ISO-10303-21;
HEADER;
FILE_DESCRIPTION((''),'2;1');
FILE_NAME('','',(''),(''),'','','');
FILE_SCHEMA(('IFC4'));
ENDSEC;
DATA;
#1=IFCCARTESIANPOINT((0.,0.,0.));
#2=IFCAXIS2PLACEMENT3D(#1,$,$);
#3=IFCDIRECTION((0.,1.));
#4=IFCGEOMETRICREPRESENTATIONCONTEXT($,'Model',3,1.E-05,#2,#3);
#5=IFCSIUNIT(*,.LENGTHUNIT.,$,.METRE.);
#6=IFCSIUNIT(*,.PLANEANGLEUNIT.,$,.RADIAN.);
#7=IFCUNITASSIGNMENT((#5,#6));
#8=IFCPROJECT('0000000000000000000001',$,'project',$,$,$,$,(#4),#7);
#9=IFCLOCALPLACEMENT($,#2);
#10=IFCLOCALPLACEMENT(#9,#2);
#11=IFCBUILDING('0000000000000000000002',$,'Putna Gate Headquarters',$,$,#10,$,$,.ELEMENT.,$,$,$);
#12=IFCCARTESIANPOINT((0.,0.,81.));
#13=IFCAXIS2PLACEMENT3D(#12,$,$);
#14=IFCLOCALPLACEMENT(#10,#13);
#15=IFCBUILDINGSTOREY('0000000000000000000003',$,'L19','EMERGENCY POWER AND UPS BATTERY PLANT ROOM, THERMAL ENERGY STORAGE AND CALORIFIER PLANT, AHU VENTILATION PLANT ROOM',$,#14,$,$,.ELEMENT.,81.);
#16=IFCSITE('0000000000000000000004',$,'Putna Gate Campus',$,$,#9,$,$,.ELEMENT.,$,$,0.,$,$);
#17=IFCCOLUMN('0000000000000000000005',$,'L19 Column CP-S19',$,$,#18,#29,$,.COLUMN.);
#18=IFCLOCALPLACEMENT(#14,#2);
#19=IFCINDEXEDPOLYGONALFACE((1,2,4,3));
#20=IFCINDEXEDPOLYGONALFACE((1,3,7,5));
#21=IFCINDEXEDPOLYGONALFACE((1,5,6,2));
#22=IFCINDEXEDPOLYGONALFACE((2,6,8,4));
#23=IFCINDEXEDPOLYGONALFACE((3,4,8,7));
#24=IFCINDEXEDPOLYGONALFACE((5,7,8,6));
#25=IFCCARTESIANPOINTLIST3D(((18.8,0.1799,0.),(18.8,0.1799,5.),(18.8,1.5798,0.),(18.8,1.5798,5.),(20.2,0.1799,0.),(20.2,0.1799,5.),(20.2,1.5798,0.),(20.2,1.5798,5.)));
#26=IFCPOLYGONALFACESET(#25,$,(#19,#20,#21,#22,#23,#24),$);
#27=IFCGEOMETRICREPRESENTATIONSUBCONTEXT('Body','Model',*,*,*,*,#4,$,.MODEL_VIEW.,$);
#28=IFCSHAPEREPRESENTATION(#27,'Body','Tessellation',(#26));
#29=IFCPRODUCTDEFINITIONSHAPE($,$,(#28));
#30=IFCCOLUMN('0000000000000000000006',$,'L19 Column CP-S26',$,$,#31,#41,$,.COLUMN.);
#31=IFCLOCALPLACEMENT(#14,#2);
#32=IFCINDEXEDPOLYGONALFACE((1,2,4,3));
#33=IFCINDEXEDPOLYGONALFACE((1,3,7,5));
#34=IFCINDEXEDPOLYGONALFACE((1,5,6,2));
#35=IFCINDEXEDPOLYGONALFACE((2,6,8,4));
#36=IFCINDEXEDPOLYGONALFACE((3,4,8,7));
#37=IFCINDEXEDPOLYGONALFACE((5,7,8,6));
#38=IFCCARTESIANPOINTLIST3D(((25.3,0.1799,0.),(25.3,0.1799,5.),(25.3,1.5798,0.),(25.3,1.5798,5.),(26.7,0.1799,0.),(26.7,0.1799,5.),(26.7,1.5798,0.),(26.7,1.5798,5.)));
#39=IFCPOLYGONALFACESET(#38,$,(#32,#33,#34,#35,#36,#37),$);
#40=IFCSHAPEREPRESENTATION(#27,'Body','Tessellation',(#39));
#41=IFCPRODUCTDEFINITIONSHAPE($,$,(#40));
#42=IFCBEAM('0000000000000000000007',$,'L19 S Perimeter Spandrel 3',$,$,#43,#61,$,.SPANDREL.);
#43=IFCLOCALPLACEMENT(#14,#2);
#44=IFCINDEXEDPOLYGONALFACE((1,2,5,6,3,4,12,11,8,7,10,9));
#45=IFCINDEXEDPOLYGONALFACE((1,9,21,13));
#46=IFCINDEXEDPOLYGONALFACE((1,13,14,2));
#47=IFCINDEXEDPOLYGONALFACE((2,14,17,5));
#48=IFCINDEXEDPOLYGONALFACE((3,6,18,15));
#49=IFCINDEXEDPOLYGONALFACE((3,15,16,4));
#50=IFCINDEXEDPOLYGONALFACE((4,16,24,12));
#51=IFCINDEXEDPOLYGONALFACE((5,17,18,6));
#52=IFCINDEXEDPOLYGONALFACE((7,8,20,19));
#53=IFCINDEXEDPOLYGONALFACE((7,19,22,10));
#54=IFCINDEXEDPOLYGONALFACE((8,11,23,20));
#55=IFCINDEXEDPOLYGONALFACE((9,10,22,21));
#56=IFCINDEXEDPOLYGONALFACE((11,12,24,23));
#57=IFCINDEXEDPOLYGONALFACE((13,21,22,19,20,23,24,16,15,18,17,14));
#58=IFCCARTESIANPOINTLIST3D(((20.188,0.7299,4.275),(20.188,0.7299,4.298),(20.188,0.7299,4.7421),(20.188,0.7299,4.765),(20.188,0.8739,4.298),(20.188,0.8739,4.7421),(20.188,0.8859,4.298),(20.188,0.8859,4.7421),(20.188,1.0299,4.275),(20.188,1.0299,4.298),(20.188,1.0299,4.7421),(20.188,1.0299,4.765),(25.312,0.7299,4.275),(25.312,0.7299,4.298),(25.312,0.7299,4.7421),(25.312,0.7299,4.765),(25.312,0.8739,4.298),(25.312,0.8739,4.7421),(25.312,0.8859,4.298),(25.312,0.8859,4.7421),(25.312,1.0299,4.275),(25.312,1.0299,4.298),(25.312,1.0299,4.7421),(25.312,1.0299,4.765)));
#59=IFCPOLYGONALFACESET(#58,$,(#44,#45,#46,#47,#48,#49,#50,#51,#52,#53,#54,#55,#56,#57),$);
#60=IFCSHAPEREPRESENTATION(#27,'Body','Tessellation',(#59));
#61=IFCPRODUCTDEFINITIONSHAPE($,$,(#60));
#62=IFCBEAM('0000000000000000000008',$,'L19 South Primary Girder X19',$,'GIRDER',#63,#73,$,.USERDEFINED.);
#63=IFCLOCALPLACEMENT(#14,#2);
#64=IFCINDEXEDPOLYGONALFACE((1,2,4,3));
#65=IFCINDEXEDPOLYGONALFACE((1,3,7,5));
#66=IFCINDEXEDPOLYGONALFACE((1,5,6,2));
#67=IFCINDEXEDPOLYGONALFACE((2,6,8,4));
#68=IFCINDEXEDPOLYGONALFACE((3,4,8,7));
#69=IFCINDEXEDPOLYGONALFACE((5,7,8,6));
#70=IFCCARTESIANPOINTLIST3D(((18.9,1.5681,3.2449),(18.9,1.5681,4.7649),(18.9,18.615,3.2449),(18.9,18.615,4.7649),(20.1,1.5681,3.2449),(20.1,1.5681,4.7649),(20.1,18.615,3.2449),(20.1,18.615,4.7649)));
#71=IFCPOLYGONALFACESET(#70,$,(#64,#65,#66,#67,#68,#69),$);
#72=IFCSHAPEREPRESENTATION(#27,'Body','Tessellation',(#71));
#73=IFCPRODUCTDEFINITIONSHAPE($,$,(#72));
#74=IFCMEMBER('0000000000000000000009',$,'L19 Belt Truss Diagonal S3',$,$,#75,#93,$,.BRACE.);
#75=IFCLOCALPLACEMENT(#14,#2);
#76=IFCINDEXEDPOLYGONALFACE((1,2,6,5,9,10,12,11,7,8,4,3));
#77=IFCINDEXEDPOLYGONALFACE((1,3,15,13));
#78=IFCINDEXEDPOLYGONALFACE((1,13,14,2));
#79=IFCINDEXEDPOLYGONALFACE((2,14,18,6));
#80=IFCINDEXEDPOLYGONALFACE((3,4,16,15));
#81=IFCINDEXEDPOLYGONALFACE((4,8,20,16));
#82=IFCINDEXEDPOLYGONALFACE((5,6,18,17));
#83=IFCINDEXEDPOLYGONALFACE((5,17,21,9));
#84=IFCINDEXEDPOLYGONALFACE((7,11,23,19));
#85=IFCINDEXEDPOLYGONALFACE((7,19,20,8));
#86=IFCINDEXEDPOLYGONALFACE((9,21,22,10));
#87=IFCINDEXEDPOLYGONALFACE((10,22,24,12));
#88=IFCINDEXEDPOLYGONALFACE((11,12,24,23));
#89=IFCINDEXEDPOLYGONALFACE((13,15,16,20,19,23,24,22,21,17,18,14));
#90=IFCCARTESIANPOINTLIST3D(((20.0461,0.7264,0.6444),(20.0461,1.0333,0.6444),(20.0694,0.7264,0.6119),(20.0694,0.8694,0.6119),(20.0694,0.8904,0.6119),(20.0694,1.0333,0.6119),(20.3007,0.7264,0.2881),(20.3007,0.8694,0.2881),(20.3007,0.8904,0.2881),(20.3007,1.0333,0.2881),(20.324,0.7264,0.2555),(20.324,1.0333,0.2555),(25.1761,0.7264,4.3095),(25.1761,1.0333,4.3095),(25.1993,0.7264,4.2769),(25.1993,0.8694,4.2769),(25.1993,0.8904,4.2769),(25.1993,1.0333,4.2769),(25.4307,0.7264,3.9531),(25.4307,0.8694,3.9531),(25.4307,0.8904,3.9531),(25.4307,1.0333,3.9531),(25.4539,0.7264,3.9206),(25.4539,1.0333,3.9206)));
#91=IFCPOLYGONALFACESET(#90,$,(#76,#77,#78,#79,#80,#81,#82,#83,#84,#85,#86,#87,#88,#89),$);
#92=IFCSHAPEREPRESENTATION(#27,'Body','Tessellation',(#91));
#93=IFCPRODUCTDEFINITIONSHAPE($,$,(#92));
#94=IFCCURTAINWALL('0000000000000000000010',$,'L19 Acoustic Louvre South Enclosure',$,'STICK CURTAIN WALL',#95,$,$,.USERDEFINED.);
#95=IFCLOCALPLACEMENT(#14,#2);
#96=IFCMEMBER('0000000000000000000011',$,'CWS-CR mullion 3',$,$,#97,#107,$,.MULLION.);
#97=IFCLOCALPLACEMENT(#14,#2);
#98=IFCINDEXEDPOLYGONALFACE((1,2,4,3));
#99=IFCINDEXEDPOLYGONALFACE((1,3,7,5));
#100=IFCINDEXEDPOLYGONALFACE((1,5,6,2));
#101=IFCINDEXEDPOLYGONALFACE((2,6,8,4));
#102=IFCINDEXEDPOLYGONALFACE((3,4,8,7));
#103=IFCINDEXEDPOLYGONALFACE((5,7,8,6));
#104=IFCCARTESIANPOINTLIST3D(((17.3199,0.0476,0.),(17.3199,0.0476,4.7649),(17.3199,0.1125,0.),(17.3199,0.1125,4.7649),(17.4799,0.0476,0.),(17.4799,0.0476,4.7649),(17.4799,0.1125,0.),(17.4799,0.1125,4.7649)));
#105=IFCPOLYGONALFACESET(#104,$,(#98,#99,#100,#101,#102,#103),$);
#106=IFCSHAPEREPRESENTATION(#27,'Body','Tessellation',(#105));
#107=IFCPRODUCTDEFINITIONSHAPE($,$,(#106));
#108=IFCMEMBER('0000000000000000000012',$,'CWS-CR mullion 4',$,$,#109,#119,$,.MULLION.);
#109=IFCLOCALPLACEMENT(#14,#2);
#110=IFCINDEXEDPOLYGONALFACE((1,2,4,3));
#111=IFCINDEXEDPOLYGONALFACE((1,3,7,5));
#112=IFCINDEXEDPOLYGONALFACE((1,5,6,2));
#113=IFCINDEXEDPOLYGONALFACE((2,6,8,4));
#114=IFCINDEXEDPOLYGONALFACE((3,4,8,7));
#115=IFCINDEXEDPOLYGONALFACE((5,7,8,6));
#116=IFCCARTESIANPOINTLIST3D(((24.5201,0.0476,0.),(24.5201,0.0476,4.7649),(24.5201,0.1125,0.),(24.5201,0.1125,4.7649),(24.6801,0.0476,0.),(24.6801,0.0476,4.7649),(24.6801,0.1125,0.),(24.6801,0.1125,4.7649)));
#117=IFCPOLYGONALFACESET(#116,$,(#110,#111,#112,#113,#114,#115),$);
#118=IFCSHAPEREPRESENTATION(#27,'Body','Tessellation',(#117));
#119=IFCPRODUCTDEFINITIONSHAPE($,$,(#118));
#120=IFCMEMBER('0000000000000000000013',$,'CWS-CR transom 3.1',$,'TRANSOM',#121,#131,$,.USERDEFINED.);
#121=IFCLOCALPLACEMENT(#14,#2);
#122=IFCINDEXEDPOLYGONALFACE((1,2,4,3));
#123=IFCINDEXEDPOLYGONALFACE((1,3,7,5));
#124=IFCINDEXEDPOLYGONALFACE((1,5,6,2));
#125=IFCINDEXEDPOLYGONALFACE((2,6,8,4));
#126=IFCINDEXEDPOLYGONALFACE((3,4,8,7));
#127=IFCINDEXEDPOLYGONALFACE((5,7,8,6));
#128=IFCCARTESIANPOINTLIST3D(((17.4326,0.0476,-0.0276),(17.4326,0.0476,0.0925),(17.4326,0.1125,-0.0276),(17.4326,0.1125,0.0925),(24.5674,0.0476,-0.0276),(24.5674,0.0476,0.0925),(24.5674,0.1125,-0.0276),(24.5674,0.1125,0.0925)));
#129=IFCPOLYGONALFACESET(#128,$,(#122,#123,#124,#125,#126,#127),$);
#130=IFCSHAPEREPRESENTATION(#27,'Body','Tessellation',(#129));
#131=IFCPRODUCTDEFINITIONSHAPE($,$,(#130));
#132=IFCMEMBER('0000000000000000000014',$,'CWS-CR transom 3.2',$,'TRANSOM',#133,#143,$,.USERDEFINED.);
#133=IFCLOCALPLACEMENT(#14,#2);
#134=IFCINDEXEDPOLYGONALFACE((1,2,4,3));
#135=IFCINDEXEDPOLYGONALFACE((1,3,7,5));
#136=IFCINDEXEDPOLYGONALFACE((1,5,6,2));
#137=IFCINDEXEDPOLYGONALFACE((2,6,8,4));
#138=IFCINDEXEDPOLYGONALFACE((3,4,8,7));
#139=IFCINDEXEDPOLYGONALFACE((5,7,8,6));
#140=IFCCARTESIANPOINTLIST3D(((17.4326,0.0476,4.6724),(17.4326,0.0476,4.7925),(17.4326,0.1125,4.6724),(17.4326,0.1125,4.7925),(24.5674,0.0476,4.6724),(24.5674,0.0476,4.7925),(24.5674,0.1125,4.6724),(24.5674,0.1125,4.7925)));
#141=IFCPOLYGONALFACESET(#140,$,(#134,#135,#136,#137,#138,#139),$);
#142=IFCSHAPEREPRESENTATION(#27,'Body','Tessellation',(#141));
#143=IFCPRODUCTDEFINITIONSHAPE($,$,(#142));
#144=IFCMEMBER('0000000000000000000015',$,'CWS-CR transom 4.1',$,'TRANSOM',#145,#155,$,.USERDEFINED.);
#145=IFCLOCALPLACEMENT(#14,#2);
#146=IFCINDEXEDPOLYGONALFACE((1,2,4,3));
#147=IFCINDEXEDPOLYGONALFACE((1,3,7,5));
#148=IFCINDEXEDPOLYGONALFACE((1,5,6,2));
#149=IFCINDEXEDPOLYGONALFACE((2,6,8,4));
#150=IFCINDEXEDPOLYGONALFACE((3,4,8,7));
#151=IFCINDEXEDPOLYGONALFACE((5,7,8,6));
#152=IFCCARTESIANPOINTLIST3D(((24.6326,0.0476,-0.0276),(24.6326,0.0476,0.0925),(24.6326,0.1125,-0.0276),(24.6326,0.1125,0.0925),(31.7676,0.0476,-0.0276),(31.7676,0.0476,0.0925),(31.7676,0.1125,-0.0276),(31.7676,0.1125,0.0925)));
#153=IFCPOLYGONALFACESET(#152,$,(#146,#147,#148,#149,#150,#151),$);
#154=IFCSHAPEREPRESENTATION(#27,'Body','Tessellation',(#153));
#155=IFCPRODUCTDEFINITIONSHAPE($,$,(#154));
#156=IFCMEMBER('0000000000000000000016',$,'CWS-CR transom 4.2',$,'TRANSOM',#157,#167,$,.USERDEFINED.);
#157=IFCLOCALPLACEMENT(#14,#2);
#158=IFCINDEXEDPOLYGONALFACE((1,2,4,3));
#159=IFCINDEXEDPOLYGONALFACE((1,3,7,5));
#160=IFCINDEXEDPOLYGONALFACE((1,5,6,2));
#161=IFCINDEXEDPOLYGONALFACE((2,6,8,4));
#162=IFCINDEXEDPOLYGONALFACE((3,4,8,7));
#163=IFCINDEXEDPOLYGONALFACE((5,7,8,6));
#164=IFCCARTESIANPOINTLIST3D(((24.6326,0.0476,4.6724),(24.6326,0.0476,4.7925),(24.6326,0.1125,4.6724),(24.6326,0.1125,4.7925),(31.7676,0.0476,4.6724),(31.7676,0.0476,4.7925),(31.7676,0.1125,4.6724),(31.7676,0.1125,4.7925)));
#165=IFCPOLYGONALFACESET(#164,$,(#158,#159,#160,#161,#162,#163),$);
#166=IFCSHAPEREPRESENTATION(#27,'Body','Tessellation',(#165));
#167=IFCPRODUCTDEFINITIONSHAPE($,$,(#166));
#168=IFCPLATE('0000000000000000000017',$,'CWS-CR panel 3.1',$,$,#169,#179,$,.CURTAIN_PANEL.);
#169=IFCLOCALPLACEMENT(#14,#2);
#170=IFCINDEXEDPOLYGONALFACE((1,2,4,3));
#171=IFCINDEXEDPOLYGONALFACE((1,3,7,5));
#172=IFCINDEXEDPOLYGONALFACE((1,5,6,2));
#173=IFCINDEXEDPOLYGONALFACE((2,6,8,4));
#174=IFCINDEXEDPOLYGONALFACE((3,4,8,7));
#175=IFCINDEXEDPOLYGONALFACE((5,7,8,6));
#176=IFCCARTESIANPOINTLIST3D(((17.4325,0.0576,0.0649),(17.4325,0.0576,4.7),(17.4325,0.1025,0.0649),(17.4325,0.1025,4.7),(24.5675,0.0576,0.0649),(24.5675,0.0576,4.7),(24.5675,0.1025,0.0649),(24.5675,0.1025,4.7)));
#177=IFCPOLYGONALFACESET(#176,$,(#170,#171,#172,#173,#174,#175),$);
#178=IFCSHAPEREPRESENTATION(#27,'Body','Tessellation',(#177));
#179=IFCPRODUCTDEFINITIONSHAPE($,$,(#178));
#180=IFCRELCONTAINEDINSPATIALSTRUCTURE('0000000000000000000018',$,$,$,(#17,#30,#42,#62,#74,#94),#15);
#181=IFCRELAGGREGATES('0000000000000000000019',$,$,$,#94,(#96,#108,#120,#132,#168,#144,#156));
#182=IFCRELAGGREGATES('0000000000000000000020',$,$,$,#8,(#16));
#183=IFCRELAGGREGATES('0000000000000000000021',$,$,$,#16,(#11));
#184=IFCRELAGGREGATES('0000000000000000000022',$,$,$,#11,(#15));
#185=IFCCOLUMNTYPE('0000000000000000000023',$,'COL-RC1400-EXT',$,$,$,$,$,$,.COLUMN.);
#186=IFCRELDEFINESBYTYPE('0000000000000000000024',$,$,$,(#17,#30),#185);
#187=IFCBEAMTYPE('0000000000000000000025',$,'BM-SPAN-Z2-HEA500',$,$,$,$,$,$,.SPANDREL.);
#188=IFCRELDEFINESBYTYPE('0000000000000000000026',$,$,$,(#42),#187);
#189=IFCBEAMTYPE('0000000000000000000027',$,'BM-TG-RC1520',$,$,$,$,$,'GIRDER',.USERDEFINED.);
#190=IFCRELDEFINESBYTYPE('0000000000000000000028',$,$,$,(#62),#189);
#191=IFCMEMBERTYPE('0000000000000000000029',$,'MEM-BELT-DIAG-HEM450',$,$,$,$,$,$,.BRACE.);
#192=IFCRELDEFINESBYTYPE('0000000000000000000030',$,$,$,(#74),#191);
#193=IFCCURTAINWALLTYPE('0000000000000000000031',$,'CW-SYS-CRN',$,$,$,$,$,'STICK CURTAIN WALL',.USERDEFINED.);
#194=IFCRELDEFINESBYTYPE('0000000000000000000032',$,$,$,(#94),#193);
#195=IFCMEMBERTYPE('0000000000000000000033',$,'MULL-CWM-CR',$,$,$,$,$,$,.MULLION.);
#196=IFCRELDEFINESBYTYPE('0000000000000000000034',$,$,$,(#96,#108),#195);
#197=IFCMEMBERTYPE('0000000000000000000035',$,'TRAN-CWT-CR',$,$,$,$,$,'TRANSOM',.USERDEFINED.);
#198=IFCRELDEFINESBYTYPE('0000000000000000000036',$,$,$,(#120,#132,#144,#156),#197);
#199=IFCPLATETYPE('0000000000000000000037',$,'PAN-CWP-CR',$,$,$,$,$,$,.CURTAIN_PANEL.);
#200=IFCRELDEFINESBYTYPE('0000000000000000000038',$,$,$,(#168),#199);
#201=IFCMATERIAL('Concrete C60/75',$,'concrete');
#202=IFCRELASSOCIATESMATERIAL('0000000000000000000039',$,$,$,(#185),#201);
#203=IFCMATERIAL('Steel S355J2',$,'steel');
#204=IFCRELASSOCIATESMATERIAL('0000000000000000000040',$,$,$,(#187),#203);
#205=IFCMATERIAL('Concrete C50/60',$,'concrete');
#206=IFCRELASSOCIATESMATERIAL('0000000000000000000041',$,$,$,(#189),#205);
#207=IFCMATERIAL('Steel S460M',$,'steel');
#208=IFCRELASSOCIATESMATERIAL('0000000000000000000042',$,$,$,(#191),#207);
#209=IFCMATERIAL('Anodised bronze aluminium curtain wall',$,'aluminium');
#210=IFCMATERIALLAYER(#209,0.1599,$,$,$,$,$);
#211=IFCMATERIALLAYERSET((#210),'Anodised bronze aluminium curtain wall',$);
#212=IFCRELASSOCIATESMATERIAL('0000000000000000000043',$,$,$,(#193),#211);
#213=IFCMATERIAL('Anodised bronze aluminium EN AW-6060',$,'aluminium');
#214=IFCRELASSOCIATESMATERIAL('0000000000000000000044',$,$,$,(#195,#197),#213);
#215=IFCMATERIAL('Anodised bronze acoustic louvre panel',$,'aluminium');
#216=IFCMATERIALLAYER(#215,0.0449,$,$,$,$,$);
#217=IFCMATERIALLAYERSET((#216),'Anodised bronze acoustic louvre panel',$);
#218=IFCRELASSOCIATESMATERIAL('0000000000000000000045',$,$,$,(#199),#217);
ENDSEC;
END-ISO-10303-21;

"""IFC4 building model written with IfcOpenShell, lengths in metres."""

from ifc_helpers import new_model, si_unit, direction, frame, origin, origin_2d, place, context, subcontext, project, spatial, rectangle, i_section, extrude, material, layer, layer_set, material_profile, profile_set, type_object, element, aggregate, save


model = new_model("IFC4")

# Units and contexts
model_context = context("Model", 3, precision=1e-05, world=origin(), true_north=direction((0.0, 1.0)))
body_context = subcontext(model_context, "Body", "Model", "MODEL_VIEW")
ifc_project = project(units=[si_unit("LENGTHUNIT", "METRE"), si_unit("PLANEANGLEUNIT", "RADIAN")], contexts=[model_context])

# Site, building, storey
site_placement = place(None, origin())
site = spatial("IfcSite", under=ifc_project, at=site_placement, Name="Putna Gate Campus", CompositionType="ELEMENT", RefElevation=0.0)
building_placement = place(site_placement, origin())
building = spatial("IfcBuilding", under=site, at=building_placement, Name="Putna Gate Headquarters", CompositionType="ELEMENT")
storey_placement = place(building_placement, frame((0.0, 0.0, 81.0)))
storey = spatial("IfcBuildingStorey", under=building, at=storey_placement, Name="L19", Description="EMERGENCY POWER AND UPS BATTERY PLANT ROOM, THERMAL ENERGY STORAGE AND CALORIFIER PLANT, AHU VENTILATION PLANT ROOM", CompositionType="ELEMENT", Elevation=81.0)

# Columns
ifc_material_1 = material(Name="Concrete C60/75", Category="concrete")
ifc_material_profile_1 = material_profile(ifc_material_1, rectangle(XDim=1.3999, YDim=1.3999, at=origin_2d()), Name="Concrete C60/75")
ifc_profile_set_1 = profile_set([ifc_material_profile_1], Name="Concrete C60/75")
column_type = type_object("IfcColumnType", Name="COL-RC1400-EXT", PredefinedType="COLUMN", material=ifc_profile_set_1)
for number, where, z_axis, x_axis, name in (
    (1, (19.5, 0.8799, 0.0), (0.0, 0.0, 1.0), (1.0, 0.0, 0.0), "L19 Column CP-S19"),
    (2, (26.0, 0.8799, 0.0), (0.0, 0.0, 1.0), (1.0, 0.0, 0.0), "L19 Column CP-S26"),
):
    element("IfcColumn", number, at=place(storey_placement, frame(where, z_axis=z_axis, x_axis=x_axis)), inside=storey, type_object=column_type, Name=name, PredefinedType="COLUMN", context=body_context, shape_type="SweptSolid", body=[
        extrude(rectangle(XDim=1.3999, YDim=1.3999, at=origin_2d()), origin(), (0.0, 0.0, 1.0), 5.0),
    ])

# Beams
ifc_material_2 = material(Name="Steel S355J2", Category="steel")
ifc_material_profile_2 = material_profile(ifc_material_2, i_section(OverallWidth=0.3, OverallDepth=0.49, WebThickness=0.012, FlangeThickness=0.0229, at=origin_2d()), Name="Steel S355J2")
ifc_profile_set_2 = profile_set([ifc_material_profile_2], Name="Steel S355J2")
beam_type_1 = type_object("IfcBeamType", Name="BM-SPAN-Z2-HEA500", PredefinedType="SPANDREL", material=ifc_profile_set_2)
beam_1_placement = place(storey_placement, frame((20.188, 0.8799, 4.52), z_axis=(1.0, 0.0, 0.0), x_axis=(0.0, 1.0, 0.0)))
element("IfcBeam", 3, at=beam_1_placement, inside=storey, type_object=beam_type_1, Name="L19 S Perimeter Spandrel 3", PredefinedType="SPANDREL", context=body_context, shape_type="SweptSolid", body=[
    extrude(i_section(OverallWidth=0.3, OverallDepth=0.49, WebThickness=0.012, FlangeThickness=0.0229, at=origin_2d()), origin(), (0.0, 0.0, 1.0), 5.124),
])
ifc_material_3 = material(Name="Concrete C50/60", Category="concrete")
ifc_material_profile_3 = material_profile(ifc_material_3, rectangle(XDim=1.2, YDim=1.52, at=origin_2d()), Name="Concrete C50/60")
ifc_profile_set_3 = profile_set([ifc_material_profile_3], Name="Concrete C50/60")
beam_type_2 = type_object("IfcBeamType", Name="BM-TG-RC1520", ElementType="GIRDER", PredefinedType="USERDEFINED", material=ifc_profile_set_3)
beam_2_placement = place(storey_placement, frame((19.5, 1.5681, 4.0049), z_axis=(0.0, 1.0, 0.0), x_axis=(-1.0, 0.0, 0.0)))
element("IfcBeam", 4, at=beam_2_placement, inside=storey, type_object=beam_type_2, Name="L19 South Primary Girder X19", ObjectType="GIRDER", PredefinedType="USERDEFINED", context=body_context, shape_type="SweptSolid", body=[
    extrude(rectangle(XDim=1.2, YDim=1.52, at=origin_2d()), origin(), (0.0, 0.0, 1.0), 17.0469),
])

# Member
ifc_material_4 = material(Name="Steel S460M", Category="steel")
ifc_material_profile_4 = material_profile(ifc_material_4, i_section(OverallWidth=0.3069, OverallDepth=0.478, WebThickness=0.021, FlangeThickness=0.04, at=origin_2d()), Name="Steel S460M")
ifc_profile_set_4 = profile_set([ifc_material_profile_4], Name="Steel S460M")
member_type_1 = type_object("IfcMemberType", Name="MEM-BELT-DIAG-HEM450", PredefinedType="BRACE", material=ifc_profile_set_4)
member_1_placement = place(storey_placement, frame((20.1851, 0.8799, 0.45), z_axis=(0.813671, 0.0, 0.581326), x_axis=(0.0, 1.0, 0.0)))
element("IfcMember", 5, at=member_1_placement, inside=storey, type_object=member_type_1, Name="L19 Belt Truss Diagonal S3", PredefinedType="BRACE", context=body_context, shape_type="SweptSolid", body=[
    extrude(i_section(OverallWidth=0.3069, OverallDepth=0.478, WebThickness=0.021, FlangeThickness=0.04, at=origin_2d()), origin(), (0.0, 0.0, 1.0), 6.3047),
])

# Curtain wall, members, plate
ifc_material_5 = material(Name="Anodised bronze aluminium curtain wall", Category="aluminium")
ifc_layer_1 = layer(ifc_material_5, 0.1599)
ifc_layer_set_1 = layer_set([ifc_layer_1], Name="Anodised bronze aluminium curtain wall")
curtain_wall_type = type_object("IfcCurtainWallType", Name="CW-SYS-CRN", ElementType="STICK CURTAIN WALL", PredefinedType="USERDEFINED", material=ifc_layer_set_1)
curtain_wall_placement = place(storey_placement, origin())
curtain_wall = element("IfcCurtainWall", 6, at=curtain_wall_placement, inside=storey, type_object=curtain_wall_type, Name="L19 Acoustic Louvre South Enclosure", ObjectType="STICK CURTAIN WALL", PredefinedType="USERDEFINED")
ifc_material_6 = material(Name="Anodised bronze aluminium EN AW-6060", Category="aluminium")
ifc_material_profile_5 = material_profile(ifc_material_6, rectangle(XDim=0.0649, YDim=0.1599, at=origin_2d()), Name="Anodised bronze aluminium EN AW-6060")
ifc_profile_set_5 = profile_set([ifc_material_profile_5], Name="Anodised bronze aluminium EN AW-6060")
member_type_2 = type_object("IfcMemberType", Name="MULL-CWM-CR", PredefinedType="MULLION", material=ifc_profile_set_5)
member_2_placement = place(storey_placement, frame((17.3999, 0.0801, 0.0), z_axis=(0.0, 0.0, 1.0), x_axis=(0.0, 1.0, 0.0)))
member_2 = element("IfcMember", 7, at=member_2_placement, type_object=member_type_2, Name="CWS-CR mullion 3", PredefinedType="MULLION", context=body_context, shape_type="SweptSolid", body=[
    extrude(rectangle(XDim=0.0649, YDim=0.1599, at=origin_2d()), origin(), (0.0, 0.0, 1.0), 4.7649),
])
member_3_placement = place(storey_placement, frame((24.6001, 0.0801, 0.0), z_axis=(0.0, 0.0, 1.0), x_axis=(0.0, 1.0, 0.0)))
member_3 = element("IfcMember", 8, at=member_3_placement, type_object=member_type_2, Name="CWS-CR mullion 4", PredefinedType="MULLION", context=body_context, shape_type="SweptSolid", body=[
    extrude(rectangle(XDim=0.0649, YDim=0.1599, at=origin_2d()), origin(), (0.0, 0.0, 1.0), 4.7649),
])
ifc_material_profile_6 = material_profile(ifc_material_6, rectangle(XDim=0.0649, YDim=0.1201, at=origin_2d()), Name="Anodised bronze aluminium EN AW-6060")
ifc_profile_set_6 = profile_set([ifc_material_profile_6], Name="Anodised bronze aluminium EN AW-6060")
member_type_3 = type_object("IfcMemberType", Name="TRAN-CWT-CR", ElementType="TRANSOM", PredefinedType="USERDEFINED", material=ifc_profile_set_6)
member_4_placement = place(storey_placement, frame((17.4326, 0.0801, 0.0325), z_axis=(1.0, 0.0, 0.0), x_axis=(0.0, 1.0, 0.0)))
member_4 = element("IfcMember", 9, at=member_4_placement, type_object=member_type_3, Name="CWS-CR transom 3.1", ObjectType="TRANSOM", PredefinedType="USERDEFINED", context=body_context, shape_type="SweptSolid", body=[
    extrude(rectangle(XDim=0.0649, YDim=0.1201, at=origin_2d()), origin(), (0.0, 0.0, 1.0), 7.1348),
])
member_5_placement = place(storey_placement, frame((17.4326, 0.0801, 4.7324), z_axis=(1.0, 0.0, 0.0), x_axis=(0.0, 1.0, 0.0)))
member_5 = element("IfcMember", 10, at=member_5_placement, type_object=member_type_3, Name="CWS-CR transom 3.2", ObjectType="TRANSOM", PredefinedType="USERDEFINED", context=body_context, shape_type="SweptSolid", body=[
    extrude(rectangle(XDim=0.0649, YDim=0.1201, at=origin_2d()), origin(), (0.0, 0.0, 1.0), 7.1348),
])
member_6_placement = place(storey_placement, frame((24.6326, 0.0801, 0.0325), z_axis=(1.0, 0.0, 0.0), x_axis=(0.0, 1.0, 0.0)))
member_6 = element("IfcMember", 11, at=member_6_placement, type_object=member_type_3, Name="CWS-CR transom 4.1", ObjectType="TRANSOM", PredefinedType="USERDEFINED", context=body_context, shape_type="SweptSolid", body=[
    extrude(rectangle(XDim=0.0649, YDim=0.1201, at=origin_2d()), origin(), (0.0, 0.0, 1.0), 7.135),
])
member_7_placement = place(storey_placement, frame((24.6326, 0.0801, 4.7324), z_axis=(1.0, 0.0, 0.0), x_axis=(0.0, 1.0, 0.0)))
member_7 = element("IfcMember", 12, at=member_7_placement, type_object=member_type_3, Name="CWS-CR transom 4.2", ObjectType="TRANSOM", PredefinedType="USERDEFINED", context=body_context, shape_type="SweptSolid", body=[
    extrude(rectangle(XDim=0.0649, YDim=0.1201, at=origin_2d()), origin(), (0.0, 0.0, 1.0), 7.135),
])
ifc_material_7 = material(Name="Anodised bronze acoustic louvre panel", Category="aluminium")
ifc_layer_2 = layer(ifc_material_7, 0.0449)
ifc_layer_set_2 = layer_set([ifc_layer_2], Name="Anodised bronze acoustic louvre panel")
plate_type_1 = type_object("IfcPlateType", Name="PAN-CWP-CR", PredefinedType="CURTAIN_PANEL", material=ifc_layer_set_2)
plate_1_placement = place(storey_placement, frame((21.0, 0.0801, 0.0649), z_axis=(0.0, 0.0, 1.0), x_axis=(1.0, 0.0, 0.0)))
plate_1 = element("IfcPlate", 13, at=plate_1_placement, type_object=plate_type_1, Name="CWS-CR panel 3.1", PredefinedType="CURTAIN_PANEL", context=body_context, shape_type="SweptSolid", body=[
    extrude(rectangle(XDim=7.135, YDim=0.0449, at=origin_2d()), origin(), (0.0, 0.0, 1.0), 4.635),
])
aggregate(curtain_wall, [member_2, member_3, member_4, member_5, plate_1, member_6, member_7])

save(model, "model.ifc")
